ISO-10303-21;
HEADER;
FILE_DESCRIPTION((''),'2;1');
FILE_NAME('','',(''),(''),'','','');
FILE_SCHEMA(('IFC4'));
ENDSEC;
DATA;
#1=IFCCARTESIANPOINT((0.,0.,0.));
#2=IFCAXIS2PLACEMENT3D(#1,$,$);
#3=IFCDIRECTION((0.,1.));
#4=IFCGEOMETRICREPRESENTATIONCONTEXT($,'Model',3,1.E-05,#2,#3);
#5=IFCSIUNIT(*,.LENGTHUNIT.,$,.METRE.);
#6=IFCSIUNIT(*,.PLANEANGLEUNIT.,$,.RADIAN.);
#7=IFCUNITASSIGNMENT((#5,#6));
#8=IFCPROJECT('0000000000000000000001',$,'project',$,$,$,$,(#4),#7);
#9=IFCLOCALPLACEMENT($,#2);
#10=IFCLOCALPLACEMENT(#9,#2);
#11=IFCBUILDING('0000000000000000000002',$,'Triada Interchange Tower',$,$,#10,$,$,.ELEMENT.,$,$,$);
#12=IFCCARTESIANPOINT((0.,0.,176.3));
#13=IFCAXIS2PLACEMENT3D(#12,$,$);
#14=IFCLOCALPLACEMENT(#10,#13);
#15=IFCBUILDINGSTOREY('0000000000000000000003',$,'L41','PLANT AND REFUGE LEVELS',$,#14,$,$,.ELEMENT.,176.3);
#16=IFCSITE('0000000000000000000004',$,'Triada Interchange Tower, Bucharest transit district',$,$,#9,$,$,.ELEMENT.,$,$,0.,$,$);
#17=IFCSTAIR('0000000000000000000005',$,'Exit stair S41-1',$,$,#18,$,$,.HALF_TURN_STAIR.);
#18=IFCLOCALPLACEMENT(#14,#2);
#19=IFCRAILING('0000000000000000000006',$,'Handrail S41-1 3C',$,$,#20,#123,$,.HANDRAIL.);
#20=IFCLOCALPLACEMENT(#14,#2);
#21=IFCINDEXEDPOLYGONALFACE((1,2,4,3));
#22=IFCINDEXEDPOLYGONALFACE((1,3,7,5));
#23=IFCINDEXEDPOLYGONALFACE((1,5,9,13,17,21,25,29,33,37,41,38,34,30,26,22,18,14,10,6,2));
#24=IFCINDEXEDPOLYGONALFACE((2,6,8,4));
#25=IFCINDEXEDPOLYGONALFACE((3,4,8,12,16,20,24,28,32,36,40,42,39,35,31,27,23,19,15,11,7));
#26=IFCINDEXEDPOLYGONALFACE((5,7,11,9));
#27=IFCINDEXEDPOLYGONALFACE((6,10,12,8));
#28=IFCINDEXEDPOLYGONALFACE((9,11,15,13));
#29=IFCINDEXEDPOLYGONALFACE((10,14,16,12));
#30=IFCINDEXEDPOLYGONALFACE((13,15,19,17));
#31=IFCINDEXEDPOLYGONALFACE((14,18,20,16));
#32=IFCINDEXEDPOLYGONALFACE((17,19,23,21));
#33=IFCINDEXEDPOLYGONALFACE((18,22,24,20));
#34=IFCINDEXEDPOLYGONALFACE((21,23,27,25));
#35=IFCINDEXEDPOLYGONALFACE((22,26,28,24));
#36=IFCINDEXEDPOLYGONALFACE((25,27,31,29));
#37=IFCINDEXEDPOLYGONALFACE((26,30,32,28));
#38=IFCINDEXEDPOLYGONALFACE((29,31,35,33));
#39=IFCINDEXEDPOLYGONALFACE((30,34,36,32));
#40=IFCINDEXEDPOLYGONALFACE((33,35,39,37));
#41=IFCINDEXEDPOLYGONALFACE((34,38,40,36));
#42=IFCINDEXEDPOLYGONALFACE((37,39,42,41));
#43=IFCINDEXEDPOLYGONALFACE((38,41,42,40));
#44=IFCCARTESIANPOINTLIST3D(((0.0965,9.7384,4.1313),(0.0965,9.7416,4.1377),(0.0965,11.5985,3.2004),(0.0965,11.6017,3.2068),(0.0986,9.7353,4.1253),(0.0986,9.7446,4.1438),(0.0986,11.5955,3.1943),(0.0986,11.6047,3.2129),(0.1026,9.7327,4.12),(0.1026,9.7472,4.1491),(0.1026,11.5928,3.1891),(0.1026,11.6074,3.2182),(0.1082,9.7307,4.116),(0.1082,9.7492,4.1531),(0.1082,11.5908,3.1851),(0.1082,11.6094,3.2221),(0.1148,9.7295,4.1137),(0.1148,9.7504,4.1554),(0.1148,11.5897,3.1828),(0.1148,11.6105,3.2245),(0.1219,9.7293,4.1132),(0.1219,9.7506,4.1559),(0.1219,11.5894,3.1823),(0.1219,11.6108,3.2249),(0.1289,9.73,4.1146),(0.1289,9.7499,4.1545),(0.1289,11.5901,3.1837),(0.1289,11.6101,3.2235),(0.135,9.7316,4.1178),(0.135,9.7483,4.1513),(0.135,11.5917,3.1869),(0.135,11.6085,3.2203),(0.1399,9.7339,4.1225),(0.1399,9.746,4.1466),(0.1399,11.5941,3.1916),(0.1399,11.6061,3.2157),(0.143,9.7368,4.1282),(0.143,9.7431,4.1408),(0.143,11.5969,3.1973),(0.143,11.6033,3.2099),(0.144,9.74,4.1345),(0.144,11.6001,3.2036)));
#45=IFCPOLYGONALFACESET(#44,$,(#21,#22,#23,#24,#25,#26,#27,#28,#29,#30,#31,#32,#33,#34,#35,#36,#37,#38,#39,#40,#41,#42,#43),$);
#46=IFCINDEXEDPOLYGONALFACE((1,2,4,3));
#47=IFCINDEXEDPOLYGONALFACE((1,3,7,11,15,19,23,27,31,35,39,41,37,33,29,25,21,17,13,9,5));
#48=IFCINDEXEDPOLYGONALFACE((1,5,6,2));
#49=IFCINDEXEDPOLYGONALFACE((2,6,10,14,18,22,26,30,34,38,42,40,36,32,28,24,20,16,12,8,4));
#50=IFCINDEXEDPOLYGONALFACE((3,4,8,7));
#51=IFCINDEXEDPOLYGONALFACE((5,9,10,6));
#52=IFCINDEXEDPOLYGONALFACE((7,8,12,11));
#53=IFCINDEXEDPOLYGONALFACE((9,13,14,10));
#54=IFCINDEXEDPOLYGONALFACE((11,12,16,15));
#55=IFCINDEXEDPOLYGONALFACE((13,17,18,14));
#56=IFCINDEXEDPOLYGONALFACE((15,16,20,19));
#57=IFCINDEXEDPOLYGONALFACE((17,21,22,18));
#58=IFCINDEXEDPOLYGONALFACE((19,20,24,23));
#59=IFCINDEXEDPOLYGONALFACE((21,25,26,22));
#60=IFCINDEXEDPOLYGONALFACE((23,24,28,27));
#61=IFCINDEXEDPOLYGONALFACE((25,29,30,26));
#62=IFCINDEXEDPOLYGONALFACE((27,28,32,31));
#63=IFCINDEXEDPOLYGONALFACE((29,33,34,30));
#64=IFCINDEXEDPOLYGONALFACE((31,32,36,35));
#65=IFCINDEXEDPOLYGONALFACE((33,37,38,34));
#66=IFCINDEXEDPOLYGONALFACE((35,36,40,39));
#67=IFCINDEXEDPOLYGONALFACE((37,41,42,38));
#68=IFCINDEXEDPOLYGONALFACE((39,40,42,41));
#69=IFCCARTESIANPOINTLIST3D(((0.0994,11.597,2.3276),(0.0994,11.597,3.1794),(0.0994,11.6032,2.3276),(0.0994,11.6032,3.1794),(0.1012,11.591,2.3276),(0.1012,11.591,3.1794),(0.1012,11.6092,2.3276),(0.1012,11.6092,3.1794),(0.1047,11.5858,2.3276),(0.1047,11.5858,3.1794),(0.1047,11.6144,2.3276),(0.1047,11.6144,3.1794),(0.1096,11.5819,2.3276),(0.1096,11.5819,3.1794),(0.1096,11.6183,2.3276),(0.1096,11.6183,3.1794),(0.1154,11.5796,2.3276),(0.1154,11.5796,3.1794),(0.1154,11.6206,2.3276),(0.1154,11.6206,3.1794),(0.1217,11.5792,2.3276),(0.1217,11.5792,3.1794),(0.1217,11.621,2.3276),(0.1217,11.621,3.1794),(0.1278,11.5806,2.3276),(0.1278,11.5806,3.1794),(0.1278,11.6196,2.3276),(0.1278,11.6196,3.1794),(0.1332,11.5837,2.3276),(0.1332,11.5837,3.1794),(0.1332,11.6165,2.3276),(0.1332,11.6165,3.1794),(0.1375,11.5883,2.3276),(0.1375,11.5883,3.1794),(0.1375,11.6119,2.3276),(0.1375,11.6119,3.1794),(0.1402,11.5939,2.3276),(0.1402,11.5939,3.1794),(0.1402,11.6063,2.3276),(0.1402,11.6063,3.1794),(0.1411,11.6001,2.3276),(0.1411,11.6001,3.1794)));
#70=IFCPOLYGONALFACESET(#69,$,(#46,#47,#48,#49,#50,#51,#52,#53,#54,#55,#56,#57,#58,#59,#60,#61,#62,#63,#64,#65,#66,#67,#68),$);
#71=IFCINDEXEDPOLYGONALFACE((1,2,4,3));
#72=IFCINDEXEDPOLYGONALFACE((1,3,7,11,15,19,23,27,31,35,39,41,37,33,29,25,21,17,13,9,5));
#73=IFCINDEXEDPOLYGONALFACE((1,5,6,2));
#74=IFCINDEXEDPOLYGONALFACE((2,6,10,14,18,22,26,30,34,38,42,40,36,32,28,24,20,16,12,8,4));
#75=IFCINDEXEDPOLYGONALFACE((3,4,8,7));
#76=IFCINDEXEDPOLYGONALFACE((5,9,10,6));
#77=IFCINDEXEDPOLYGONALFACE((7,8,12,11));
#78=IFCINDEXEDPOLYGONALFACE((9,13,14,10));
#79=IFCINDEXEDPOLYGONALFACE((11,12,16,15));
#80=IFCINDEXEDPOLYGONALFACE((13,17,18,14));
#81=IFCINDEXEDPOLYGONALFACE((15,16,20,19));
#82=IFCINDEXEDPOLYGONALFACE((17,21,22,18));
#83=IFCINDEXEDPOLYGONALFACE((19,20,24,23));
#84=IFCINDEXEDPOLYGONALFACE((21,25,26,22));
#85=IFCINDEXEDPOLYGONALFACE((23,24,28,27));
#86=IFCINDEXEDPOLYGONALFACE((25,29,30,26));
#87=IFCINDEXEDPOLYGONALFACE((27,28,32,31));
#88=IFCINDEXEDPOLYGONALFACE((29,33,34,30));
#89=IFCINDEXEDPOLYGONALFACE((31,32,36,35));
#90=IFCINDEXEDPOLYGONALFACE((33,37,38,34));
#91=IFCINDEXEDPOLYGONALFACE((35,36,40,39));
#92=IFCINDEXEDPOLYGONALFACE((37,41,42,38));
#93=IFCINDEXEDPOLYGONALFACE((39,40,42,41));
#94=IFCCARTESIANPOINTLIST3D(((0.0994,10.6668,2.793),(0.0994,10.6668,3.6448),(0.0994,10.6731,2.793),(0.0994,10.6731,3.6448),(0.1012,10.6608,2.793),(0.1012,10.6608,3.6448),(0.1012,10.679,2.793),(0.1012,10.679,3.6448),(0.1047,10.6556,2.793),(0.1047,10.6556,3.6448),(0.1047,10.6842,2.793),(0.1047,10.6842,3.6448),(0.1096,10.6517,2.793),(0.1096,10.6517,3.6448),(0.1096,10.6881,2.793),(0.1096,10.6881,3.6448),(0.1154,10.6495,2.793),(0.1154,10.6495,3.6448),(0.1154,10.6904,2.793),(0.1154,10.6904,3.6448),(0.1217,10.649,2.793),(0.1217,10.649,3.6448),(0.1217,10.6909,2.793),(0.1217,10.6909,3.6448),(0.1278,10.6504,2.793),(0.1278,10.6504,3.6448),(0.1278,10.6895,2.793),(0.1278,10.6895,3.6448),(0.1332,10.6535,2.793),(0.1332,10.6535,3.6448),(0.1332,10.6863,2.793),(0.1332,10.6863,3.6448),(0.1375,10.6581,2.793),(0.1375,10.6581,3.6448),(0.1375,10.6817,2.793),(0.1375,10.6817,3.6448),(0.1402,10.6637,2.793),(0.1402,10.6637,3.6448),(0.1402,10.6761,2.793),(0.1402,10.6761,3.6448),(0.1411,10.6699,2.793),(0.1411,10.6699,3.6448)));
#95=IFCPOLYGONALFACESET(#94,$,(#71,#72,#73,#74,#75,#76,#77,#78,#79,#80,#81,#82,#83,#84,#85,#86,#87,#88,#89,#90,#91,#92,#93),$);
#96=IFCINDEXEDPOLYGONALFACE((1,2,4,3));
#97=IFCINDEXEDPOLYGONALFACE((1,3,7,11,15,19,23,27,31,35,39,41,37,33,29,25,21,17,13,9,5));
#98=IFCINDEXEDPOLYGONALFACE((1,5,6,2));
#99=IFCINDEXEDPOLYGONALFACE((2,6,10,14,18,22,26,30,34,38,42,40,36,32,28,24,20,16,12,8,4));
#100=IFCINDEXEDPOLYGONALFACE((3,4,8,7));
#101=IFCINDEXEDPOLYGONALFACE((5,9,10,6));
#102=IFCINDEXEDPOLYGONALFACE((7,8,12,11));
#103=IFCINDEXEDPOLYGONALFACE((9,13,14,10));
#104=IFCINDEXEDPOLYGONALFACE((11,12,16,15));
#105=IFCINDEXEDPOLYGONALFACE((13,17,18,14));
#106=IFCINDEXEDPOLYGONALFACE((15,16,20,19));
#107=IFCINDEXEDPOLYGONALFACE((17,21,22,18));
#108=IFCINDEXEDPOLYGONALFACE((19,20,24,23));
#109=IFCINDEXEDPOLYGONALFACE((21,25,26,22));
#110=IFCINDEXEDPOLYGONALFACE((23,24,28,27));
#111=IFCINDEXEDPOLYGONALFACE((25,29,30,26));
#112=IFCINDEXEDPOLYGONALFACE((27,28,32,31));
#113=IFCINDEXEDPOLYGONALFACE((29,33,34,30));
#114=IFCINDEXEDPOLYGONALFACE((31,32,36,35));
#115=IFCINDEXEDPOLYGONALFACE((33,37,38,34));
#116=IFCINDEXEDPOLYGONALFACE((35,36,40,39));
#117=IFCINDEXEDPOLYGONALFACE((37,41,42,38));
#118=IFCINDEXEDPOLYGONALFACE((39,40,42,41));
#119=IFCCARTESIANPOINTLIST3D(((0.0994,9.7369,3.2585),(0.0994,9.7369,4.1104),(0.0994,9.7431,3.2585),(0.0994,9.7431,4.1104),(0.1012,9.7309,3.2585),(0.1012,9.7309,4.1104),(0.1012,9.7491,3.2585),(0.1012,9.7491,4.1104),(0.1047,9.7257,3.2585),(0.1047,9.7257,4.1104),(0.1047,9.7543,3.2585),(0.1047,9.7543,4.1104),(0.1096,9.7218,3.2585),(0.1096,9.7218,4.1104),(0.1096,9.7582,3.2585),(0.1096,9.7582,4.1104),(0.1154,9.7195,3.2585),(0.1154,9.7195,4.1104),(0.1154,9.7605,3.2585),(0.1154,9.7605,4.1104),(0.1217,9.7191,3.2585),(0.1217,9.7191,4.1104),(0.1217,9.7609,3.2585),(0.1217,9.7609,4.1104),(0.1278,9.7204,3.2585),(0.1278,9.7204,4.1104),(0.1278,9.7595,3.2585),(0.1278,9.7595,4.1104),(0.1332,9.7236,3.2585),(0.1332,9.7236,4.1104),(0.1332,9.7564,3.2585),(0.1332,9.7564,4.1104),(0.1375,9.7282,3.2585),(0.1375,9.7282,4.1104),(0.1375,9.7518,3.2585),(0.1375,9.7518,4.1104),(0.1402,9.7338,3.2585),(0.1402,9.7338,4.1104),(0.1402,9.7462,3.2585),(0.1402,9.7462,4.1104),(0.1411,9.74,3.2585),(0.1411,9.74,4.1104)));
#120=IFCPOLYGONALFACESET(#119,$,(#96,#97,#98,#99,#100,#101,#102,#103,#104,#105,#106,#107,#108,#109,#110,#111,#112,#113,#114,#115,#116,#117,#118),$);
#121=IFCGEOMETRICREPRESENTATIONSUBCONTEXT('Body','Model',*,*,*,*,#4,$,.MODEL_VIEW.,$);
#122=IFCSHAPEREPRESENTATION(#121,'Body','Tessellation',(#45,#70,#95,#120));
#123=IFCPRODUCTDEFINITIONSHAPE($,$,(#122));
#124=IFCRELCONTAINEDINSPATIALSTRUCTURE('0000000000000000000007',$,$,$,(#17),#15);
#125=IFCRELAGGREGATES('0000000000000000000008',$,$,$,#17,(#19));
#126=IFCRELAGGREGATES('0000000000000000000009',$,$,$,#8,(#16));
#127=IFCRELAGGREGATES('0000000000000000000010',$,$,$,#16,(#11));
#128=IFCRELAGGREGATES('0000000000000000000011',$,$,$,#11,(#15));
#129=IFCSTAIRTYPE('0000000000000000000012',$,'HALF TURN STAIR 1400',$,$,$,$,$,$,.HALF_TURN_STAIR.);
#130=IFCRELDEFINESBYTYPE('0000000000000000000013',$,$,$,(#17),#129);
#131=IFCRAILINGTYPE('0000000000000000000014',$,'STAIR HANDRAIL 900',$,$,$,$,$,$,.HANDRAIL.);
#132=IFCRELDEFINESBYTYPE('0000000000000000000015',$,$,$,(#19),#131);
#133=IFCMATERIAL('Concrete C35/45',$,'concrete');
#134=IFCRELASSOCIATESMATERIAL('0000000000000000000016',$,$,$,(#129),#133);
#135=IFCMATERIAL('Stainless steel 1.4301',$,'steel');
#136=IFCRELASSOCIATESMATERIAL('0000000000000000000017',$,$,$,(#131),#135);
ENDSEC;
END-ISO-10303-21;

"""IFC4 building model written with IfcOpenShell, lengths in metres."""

from ifc_helpers import new_model, si_unit, direction, frame, origin, origin_2d, place, context, subcontext, project, spatial, circle, extrude, material, type_object, element, aggregate, save


model = new_model("IFC4")

# Units and contexts
model_context = context("Model", 3, precision=1e-05, world=origin(), true_north=direction((0.0, 1.0)))
body_context = subcontext(model_context, "Body", "Model", "MODEL_VIEW")
ifc_project = project(units=[si_unit("LENGTHUNIT", "METRE"), si_unit("PLANEANGLEUNIT", "RADIAN")], contexts=[model_context])

# Site, building, storey
site_placement = place(None, origin())
site = spatial("IfcSite", under=ifc_project, at=site_placement, Name="Triada Interchange Tower, Bucharest transit district", CompositionType="ELEMENT", RefElevation=0.0)
building_placement = place(site_placement, origin())
building = spatial("IfcBuilding", under=site, at=building_placement, Name="Triada Interchange Tower", CompositionType="ELEMENT")
storey_placement = place(building_placement, frame((0.0, 0.0, 176.3)))
storey = spatial("IfcBuildingStorey", under=building, at=storey_placement, Name="L41", Description="PLANT AND REFUGE LEVELS", CompositionType="ELEMENT", Elevation=176.3)

# Stair
ifc_material_1 = material(Name="Concrete C35/45", Category="concrete")
stair_type = type_object("IfcStairType", Name="HALF TURN STAIR 1400", PredefinedType="HALF_TURN_STAIR", material=ifc_material_1)
stair_1_placement = place(storey_placement, origin())
stair_1 = element("IfcStair", 1, at=stair_1_placement, inside=storey, type_object=stair_type, Name="Exit stair S41-1", PredefinedType="HALF_TURN_STAIR")

# Railing
ifc_material_2 = material(Name="Stainless steel 1.4301", Category="steel")
railing_type = type_object("IfcRailingType", Name="STAIR HANDRAIL 900", PredefinedType="HANDRAIL", material=ifc_material_2)
railing_1_placement = place(storey_placement, frame((0.1201, 11.6001, 2.3276)))
railing_1 = element("IfcRailing", 2, at=railing_1_placement, type_object=railing_type, Name="Handrail S41-1 3C", PredefinedType="HANDRAIL", context=body_context, shape_type="SweptSolid", body=[
    extrude(circle(Radius=0.0239, at=origin_2d()), frame((0.0, 0.0, 0.876), z_axis=(0.0, -0.894263, 0.447542), x_axis=(1.0, 0.0, 0.0)), (0.0, 0.0, 1.0), 2.0801),
    extrude(circle(Radius=0.021, at=origin_2d()), origin(), (0.0, 0.0, 1.0), 0.8518),
    extrude(circle(Radius=0.021, at=origin_2d()), frame((0.0, -0.9302, 0.4653)), (0.0, 0.0, 1.0), 0.8518),
    extrude(circle(Radius=0.021, at=origin_2d()), frame((0.0, -1.8601, 0.9309)), (0.0, 0.0, 1.0), 0.8518),
])
aggregate(stair_1, [railing_1])

save(model, "model.ifc")
